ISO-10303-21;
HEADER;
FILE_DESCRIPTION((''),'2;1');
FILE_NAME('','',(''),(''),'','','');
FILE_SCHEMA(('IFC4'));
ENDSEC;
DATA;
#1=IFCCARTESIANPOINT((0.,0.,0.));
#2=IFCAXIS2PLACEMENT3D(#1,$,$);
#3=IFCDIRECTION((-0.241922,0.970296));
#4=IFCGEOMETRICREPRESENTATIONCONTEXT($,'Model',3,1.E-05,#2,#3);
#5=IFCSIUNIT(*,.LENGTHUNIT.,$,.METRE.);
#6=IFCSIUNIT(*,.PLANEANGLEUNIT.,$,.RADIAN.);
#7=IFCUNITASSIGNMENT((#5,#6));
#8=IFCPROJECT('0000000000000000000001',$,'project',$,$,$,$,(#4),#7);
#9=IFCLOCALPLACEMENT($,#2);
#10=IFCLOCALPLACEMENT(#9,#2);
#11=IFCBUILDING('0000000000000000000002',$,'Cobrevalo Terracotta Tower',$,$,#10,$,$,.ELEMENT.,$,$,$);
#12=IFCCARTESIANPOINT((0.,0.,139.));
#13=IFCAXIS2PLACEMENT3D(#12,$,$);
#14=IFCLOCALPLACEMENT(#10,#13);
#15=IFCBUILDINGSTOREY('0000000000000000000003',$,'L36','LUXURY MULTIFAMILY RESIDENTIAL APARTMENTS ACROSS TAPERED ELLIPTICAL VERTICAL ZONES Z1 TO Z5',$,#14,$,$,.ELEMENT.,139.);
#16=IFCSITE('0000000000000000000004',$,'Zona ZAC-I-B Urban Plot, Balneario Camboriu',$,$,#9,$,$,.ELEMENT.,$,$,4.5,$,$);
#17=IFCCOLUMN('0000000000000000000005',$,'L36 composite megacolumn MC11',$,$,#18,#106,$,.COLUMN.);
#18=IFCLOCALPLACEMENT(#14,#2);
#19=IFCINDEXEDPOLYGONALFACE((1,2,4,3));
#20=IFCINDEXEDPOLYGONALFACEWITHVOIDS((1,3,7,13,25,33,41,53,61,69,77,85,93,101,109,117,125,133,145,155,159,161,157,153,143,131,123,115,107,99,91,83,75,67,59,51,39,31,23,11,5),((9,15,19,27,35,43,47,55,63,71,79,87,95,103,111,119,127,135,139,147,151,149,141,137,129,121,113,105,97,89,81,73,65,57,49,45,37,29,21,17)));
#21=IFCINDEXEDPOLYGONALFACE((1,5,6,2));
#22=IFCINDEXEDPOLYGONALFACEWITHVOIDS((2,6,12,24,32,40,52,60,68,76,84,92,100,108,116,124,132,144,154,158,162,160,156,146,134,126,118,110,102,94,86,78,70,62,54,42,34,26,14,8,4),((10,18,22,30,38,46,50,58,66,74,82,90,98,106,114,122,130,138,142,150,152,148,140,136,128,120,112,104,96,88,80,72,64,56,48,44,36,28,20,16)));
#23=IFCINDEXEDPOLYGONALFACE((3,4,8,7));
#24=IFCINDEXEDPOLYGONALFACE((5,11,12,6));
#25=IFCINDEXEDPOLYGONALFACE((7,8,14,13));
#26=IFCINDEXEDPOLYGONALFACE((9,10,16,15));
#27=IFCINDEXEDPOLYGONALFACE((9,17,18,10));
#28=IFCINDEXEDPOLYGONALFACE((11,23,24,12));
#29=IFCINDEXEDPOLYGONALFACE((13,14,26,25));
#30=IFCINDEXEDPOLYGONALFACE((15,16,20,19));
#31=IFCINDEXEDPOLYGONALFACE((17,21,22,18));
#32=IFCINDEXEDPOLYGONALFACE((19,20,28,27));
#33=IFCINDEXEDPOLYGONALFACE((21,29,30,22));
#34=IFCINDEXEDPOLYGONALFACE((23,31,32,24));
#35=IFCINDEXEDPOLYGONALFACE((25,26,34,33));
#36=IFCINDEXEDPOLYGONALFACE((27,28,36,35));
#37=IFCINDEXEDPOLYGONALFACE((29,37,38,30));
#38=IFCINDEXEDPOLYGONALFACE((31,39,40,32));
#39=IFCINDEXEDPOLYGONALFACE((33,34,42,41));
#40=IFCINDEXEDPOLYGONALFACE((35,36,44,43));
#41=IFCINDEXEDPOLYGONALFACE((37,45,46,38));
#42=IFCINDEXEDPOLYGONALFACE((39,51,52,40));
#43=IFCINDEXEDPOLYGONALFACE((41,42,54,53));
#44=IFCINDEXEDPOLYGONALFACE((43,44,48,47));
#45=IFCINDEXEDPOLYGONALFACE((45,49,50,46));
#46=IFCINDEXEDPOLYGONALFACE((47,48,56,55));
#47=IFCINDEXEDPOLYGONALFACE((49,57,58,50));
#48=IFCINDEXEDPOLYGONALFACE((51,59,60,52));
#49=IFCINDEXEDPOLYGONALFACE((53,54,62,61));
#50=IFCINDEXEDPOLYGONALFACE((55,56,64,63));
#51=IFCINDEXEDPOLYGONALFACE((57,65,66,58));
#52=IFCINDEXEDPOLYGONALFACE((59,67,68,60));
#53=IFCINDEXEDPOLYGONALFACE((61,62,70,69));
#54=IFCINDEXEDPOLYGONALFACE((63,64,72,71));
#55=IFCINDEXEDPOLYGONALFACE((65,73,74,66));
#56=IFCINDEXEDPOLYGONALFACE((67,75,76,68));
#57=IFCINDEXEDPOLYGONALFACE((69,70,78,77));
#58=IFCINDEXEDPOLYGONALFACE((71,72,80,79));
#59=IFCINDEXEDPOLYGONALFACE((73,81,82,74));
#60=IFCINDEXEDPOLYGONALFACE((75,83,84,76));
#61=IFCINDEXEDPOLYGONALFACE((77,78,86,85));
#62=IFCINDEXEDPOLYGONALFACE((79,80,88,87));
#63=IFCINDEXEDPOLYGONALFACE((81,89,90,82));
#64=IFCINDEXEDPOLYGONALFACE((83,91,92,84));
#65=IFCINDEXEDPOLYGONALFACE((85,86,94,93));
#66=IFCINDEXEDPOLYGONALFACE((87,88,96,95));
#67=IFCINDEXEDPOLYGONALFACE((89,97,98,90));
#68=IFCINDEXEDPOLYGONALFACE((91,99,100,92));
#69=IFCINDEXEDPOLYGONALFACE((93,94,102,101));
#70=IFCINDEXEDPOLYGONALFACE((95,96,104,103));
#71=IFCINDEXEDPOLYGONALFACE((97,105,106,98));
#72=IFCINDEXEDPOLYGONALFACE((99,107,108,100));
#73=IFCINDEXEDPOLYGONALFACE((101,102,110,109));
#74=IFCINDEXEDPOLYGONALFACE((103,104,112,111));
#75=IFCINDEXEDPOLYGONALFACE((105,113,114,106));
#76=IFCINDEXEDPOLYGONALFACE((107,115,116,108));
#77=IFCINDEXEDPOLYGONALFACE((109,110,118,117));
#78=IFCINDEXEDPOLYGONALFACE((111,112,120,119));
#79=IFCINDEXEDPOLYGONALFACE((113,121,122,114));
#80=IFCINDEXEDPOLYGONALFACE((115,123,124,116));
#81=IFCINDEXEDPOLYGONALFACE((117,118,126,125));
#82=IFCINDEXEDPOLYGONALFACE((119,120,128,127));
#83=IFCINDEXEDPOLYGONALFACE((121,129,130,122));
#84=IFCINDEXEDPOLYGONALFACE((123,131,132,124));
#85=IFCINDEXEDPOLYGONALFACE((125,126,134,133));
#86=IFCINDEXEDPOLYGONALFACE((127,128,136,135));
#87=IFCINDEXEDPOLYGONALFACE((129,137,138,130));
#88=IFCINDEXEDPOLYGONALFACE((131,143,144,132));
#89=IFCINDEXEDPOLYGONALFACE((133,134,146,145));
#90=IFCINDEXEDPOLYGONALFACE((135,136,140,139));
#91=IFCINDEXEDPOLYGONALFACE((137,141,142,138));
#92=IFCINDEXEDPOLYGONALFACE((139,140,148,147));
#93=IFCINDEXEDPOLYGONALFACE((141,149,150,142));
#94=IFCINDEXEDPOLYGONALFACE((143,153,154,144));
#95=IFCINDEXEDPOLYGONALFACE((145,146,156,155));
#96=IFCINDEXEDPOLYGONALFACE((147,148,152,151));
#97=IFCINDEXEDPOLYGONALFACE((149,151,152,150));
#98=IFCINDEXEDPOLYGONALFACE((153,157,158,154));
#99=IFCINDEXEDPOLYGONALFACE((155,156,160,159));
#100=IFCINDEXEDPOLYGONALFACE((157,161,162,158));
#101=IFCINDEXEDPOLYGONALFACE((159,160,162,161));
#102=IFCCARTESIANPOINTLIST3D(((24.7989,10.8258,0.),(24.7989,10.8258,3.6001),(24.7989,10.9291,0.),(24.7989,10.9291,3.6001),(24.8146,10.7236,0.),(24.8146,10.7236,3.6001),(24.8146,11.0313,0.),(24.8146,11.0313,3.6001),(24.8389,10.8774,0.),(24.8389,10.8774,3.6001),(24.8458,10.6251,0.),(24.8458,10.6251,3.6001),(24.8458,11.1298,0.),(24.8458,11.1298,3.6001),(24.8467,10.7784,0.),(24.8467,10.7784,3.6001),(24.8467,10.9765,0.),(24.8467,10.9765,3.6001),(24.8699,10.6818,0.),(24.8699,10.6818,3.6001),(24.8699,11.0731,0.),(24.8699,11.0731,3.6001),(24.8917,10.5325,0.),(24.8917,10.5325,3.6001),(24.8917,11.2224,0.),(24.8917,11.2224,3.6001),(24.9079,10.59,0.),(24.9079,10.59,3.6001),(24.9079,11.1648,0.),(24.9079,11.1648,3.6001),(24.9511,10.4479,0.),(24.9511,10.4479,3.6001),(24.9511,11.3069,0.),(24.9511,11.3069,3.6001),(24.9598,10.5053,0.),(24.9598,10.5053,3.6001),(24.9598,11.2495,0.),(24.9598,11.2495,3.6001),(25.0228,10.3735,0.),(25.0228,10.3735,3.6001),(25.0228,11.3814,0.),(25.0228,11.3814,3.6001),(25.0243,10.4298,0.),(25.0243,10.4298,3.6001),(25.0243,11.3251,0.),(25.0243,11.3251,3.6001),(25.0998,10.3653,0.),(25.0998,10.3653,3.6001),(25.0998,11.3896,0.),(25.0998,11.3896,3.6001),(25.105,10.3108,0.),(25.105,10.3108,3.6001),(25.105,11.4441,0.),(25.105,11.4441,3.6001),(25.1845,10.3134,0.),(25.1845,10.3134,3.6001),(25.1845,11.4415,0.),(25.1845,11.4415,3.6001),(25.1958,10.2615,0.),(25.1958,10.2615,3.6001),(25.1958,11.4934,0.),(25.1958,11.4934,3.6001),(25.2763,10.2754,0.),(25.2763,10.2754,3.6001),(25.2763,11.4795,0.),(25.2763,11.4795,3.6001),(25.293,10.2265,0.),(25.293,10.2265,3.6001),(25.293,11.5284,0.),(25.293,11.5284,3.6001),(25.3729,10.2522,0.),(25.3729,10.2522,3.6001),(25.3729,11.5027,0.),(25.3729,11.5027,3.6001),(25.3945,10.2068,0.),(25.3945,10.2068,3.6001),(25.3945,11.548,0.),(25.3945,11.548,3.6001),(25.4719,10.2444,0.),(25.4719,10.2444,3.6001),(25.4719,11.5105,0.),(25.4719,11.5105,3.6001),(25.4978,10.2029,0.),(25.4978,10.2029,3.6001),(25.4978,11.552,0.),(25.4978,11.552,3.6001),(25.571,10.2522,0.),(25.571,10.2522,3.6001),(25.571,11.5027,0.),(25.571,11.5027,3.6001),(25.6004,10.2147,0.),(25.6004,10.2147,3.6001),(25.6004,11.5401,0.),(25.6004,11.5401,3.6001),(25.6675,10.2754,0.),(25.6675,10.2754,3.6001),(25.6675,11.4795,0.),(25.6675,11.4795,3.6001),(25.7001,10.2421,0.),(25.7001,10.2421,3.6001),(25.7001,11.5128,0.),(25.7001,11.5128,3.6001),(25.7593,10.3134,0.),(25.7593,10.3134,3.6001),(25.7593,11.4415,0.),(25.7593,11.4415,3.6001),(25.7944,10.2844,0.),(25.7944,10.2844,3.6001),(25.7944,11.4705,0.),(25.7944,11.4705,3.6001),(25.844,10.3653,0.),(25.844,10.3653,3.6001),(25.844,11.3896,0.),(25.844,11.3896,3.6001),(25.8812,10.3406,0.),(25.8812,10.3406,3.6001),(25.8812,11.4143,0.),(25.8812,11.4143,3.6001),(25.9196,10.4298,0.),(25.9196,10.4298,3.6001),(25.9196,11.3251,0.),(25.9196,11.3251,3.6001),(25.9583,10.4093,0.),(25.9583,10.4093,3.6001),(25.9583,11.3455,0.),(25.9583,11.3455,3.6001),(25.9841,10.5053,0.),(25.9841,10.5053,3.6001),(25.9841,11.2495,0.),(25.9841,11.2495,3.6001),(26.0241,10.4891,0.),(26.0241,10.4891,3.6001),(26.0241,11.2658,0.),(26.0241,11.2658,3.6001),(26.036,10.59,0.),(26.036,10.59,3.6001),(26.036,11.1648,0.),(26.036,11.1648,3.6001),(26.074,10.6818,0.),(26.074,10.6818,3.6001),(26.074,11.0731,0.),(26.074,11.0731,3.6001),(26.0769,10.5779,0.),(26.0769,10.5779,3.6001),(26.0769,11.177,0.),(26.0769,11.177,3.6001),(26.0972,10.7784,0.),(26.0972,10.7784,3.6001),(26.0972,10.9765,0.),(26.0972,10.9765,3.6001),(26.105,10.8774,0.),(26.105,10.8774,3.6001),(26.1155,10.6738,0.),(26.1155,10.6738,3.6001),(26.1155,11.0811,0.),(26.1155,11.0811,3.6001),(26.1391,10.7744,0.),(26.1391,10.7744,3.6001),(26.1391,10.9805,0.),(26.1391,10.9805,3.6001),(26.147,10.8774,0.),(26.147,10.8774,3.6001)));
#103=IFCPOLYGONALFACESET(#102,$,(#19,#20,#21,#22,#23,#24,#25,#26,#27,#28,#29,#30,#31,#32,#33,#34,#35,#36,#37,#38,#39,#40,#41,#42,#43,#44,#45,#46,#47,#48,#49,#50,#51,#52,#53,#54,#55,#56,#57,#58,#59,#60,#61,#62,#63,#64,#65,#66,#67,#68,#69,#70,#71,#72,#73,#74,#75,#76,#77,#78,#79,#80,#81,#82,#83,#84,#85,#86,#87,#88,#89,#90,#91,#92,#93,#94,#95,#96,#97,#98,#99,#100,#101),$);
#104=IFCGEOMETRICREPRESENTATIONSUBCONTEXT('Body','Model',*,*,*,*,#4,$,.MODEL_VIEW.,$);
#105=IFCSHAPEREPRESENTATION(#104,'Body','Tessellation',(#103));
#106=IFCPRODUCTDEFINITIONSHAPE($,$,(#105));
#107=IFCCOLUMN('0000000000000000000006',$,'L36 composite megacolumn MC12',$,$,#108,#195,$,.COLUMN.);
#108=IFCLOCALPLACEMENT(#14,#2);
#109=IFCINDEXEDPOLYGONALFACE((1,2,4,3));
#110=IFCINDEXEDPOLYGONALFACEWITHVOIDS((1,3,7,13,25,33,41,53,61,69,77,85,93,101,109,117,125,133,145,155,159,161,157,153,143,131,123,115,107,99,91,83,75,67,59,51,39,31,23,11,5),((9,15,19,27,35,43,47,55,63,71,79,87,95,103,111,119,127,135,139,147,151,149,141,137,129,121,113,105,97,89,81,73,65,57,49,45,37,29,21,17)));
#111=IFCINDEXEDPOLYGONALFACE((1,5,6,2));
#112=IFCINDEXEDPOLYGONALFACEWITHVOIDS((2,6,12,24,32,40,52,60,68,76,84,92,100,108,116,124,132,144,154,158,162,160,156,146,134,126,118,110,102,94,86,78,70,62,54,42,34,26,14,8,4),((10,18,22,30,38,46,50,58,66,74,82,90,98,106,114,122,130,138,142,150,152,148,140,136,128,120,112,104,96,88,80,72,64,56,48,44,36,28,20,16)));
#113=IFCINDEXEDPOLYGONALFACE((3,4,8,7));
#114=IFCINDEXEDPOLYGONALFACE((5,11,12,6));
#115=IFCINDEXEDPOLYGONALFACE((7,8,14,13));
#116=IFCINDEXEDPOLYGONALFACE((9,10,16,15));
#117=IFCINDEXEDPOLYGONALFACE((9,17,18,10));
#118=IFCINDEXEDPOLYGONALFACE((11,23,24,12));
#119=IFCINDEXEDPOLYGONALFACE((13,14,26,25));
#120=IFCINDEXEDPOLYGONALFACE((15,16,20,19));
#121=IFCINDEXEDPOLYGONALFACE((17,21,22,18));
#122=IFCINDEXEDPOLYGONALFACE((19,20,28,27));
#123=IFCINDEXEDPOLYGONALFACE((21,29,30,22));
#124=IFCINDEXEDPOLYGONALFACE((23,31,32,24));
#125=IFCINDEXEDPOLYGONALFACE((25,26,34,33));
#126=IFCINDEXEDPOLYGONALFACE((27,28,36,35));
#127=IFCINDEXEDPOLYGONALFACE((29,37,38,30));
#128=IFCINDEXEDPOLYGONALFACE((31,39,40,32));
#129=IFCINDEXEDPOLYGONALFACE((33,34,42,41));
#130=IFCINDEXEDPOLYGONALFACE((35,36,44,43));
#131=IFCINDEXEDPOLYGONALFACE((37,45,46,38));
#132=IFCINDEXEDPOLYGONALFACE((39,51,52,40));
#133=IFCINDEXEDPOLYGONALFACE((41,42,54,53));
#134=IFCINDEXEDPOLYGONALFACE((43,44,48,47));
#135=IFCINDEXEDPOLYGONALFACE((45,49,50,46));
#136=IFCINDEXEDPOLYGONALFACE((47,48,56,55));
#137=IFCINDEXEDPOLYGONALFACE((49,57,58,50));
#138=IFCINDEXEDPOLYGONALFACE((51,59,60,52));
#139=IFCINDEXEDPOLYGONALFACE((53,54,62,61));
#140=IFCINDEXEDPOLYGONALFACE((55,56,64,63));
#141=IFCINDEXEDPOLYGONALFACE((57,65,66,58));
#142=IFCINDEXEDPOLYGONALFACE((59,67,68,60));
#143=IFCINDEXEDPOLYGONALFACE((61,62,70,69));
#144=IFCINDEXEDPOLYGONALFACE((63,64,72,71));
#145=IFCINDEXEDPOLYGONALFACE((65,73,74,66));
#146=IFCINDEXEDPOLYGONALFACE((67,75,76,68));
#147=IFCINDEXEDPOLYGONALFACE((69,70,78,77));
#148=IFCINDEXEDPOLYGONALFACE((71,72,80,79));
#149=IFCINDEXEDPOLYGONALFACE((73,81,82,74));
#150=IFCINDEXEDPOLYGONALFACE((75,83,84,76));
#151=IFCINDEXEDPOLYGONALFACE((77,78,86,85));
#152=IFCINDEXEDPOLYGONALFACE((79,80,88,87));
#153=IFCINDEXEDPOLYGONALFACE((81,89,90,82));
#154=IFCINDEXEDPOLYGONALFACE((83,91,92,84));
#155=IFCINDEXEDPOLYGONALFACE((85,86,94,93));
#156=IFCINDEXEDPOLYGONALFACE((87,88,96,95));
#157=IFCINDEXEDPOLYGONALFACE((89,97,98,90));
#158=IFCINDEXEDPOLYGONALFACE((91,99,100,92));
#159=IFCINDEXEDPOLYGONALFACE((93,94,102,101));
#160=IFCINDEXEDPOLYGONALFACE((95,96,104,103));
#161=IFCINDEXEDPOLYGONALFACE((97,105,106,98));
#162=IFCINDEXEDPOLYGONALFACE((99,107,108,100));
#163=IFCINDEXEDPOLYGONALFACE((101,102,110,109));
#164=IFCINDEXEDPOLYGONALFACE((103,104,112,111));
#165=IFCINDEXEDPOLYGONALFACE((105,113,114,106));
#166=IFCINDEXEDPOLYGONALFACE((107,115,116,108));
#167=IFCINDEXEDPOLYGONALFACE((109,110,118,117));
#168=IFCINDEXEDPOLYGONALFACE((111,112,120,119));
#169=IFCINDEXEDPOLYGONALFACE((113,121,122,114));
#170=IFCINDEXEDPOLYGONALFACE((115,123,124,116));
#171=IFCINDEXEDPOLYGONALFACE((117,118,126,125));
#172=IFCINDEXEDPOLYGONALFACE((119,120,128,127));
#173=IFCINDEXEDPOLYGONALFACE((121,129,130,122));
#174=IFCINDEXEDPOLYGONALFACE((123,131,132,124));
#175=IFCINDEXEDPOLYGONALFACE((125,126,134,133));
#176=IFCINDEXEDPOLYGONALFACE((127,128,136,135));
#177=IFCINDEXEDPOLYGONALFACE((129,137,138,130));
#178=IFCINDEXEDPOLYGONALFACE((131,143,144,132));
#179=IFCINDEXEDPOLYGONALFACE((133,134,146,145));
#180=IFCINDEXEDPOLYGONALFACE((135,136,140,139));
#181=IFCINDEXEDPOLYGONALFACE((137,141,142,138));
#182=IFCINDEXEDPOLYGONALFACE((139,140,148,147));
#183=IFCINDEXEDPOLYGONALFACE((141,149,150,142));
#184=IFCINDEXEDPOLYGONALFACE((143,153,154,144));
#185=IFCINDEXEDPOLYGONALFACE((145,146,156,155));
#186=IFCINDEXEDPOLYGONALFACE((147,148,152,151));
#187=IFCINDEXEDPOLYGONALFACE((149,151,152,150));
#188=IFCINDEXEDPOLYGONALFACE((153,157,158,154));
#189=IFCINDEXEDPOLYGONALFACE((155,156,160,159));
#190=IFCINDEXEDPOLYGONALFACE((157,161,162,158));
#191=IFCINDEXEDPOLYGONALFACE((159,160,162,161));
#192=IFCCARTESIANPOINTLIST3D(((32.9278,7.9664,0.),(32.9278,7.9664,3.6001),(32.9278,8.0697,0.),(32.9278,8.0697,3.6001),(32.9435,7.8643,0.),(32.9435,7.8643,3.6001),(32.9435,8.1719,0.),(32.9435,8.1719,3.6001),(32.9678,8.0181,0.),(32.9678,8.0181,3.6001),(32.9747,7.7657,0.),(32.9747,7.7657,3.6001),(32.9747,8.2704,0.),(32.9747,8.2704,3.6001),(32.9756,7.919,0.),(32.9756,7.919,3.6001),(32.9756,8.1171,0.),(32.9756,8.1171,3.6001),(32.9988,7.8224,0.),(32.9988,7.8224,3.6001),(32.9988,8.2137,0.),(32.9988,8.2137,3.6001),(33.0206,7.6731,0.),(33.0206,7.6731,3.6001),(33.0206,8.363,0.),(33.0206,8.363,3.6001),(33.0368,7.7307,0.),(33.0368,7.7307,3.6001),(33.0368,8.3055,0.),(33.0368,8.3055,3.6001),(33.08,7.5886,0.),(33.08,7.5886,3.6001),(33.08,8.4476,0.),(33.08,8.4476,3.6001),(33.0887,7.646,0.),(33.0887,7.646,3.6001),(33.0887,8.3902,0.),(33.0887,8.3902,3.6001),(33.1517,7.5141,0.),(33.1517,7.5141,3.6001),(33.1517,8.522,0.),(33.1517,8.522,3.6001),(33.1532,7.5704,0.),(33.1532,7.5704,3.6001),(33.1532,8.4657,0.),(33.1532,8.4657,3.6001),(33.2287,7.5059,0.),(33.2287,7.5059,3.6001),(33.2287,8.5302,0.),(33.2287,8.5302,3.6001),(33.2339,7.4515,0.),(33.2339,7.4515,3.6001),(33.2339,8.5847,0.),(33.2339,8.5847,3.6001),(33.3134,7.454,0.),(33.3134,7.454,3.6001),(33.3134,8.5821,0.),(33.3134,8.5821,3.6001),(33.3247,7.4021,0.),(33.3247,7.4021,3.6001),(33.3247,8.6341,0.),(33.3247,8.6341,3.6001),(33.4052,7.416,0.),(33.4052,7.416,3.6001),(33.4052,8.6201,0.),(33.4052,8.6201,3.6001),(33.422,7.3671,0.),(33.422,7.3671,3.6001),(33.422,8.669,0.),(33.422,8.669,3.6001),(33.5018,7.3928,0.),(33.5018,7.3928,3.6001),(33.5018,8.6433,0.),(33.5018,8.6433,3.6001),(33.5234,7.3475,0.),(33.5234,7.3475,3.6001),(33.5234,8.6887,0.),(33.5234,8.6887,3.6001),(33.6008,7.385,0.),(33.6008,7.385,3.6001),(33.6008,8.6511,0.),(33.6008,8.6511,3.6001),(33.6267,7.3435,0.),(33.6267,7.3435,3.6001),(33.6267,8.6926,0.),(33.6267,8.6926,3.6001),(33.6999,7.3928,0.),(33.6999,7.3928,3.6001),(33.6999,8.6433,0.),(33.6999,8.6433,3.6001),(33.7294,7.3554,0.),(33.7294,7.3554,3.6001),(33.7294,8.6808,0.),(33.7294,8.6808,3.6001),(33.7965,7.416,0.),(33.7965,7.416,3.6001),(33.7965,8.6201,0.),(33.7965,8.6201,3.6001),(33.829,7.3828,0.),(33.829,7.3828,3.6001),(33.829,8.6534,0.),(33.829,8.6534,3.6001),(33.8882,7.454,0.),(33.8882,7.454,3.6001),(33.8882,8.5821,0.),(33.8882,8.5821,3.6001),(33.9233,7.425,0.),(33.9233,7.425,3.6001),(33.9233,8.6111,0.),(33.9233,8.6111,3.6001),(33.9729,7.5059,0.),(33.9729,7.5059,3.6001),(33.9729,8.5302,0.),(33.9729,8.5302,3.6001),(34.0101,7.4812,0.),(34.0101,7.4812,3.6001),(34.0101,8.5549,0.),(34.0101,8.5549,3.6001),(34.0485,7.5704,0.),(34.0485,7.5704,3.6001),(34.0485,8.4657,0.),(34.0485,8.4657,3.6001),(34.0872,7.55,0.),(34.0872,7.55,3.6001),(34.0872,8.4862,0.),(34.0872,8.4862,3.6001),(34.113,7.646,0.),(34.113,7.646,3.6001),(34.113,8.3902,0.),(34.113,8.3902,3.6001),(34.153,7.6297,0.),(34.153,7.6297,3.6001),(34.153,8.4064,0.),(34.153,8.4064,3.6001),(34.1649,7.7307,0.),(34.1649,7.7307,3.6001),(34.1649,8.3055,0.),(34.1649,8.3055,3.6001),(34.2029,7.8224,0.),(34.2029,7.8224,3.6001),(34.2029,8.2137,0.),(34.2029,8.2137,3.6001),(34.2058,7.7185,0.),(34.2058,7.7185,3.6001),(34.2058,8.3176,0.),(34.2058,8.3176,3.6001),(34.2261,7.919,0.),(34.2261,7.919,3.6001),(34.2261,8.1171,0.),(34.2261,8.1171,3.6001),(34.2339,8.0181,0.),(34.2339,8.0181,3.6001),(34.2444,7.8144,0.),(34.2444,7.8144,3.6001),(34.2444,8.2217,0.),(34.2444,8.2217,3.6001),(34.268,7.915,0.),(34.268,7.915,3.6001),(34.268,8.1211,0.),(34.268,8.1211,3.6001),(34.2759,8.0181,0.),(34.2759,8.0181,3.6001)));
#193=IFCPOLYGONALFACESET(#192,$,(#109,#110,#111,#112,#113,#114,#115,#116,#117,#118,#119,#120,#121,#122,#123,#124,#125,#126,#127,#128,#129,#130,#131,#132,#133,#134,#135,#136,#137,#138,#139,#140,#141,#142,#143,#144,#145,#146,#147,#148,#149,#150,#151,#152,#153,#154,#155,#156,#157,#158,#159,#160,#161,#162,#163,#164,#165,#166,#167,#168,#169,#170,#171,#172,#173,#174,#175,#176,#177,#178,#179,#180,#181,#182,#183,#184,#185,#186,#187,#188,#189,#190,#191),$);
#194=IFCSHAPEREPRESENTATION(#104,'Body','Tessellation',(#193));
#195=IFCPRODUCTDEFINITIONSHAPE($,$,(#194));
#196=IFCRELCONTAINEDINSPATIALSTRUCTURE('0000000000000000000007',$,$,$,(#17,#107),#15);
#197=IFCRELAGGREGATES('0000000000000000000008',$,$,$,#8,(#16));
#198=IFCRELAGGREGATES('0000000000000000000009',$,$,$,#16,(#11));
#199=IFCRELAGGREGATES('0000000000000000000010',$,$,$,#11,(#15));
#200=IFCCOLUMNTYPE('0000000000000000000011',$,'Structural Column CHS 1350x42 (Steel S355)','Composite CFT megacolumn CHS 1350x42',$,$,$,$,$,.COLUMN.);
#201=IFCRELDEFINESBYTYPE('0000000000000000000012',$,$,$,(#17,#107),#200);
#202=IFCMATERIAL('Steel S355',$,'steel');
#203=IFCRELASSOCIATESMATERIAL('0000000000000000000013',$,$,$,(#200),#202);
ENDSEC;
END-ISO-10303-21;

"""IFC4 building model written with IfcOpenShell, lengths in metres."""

from ifc_helpers import new_model, si_unit, direction, frame, origin, origin_2d, place, context, subcontext, project, spatial, hollow_circle, extrude, material, material_profile, profile_set, type_object, element, save


model = new_model("IFC4")

# Units and contexts
model_context = context("Model", 3, precision=1e-05, world=origin(), true_north=direction((-0.241922, 0.970296)))
body_context = subcontext(model_context, "Body", "Model", "MODEL_VIEW")
ifc_project = project(units=[si_unit("LENGTHUNIT", "METRE"), si_unit("PLANEANGLEUNIT", "RADIAN")], contexts=[model_context])

# Site, building, storey
site_placement = place(None, origin())
site = spatial("IfcSite", under=ifc_project, at=site_placement, Name="Zona ZAC-I-B Urban Plot, Balneario Camboriu", CompositionType="ELEMENT", RefElevation=4.5)
building_placement = place(site_placement, origin())
building = spatial("IfcBuilding", under=site, at=building_placement, Name="Cobrevalo Terracotta Tower", CompositionType="ELEMENT")
storey_placement = place(building_placement, frame((0.0, 0.0, 139.0)))
storey = spatial("IfcBuildingStorey", under=building, at=storey_placement, Name="L36", Description="LUXURY MULTIFAMILY RESIDENTIAL APARTMENTS ACROSS TAPERED ELLIPTICAL VERTICAL ZONES Z1 TO Z5", CompositionType="ELEMENT", Elevation=139.0)

# Columns
ifc_material_1 = material(Name="Steel S355", Category="steel")
ifc_material_profile_1 = material_profile(ifc_material_1, hollow_circle(Radius=0.675, WallThickness=0.042, at=origin_2d()), Name="CHS 1350x42")
ifc_profile_set_1 = profile_set([ifc_material_profile_1], Name="Steel S355")
column_type = type_object("IfcColumnType", Name="Structural Column CHS 1350x42 (Steel S355)", Description="Composite CFT megacolumn CHS 1350x42", PredefinedType="COLUMN", material=ifc_profile_set_1)
for number, where, z_axis, x_axis, name in (
    (1, (25.4719, 10.8774, 0.0), (0.0, 0.0, 1.0), (1.0, 0.0, 0.0), "L36 composite megacolumn MC11"),
    (2, (33.6008, 8.0181, 0.0), (0.0, 0.0, 1.0), (1.0, 0.0, 0.0), "L36 composite megacolumn MC12"),
):
    element("IfcColumn", number, at=place(storey_placement, frame(where, z_axis=z_axis, x_axis=x_axis)), inside=storey, type_object=column_type, Name=name, PredefinedType="COLUMN", context=body_context, shape_type="SweptSolid", body=[
        extrude(hollow_circle(Radius=0.675, WallThickness=0.042, at=origin_2d()), origin(), (0.0, 0.0, 1.0), 3.6001),
    ])

save(model, "model.ifc")
